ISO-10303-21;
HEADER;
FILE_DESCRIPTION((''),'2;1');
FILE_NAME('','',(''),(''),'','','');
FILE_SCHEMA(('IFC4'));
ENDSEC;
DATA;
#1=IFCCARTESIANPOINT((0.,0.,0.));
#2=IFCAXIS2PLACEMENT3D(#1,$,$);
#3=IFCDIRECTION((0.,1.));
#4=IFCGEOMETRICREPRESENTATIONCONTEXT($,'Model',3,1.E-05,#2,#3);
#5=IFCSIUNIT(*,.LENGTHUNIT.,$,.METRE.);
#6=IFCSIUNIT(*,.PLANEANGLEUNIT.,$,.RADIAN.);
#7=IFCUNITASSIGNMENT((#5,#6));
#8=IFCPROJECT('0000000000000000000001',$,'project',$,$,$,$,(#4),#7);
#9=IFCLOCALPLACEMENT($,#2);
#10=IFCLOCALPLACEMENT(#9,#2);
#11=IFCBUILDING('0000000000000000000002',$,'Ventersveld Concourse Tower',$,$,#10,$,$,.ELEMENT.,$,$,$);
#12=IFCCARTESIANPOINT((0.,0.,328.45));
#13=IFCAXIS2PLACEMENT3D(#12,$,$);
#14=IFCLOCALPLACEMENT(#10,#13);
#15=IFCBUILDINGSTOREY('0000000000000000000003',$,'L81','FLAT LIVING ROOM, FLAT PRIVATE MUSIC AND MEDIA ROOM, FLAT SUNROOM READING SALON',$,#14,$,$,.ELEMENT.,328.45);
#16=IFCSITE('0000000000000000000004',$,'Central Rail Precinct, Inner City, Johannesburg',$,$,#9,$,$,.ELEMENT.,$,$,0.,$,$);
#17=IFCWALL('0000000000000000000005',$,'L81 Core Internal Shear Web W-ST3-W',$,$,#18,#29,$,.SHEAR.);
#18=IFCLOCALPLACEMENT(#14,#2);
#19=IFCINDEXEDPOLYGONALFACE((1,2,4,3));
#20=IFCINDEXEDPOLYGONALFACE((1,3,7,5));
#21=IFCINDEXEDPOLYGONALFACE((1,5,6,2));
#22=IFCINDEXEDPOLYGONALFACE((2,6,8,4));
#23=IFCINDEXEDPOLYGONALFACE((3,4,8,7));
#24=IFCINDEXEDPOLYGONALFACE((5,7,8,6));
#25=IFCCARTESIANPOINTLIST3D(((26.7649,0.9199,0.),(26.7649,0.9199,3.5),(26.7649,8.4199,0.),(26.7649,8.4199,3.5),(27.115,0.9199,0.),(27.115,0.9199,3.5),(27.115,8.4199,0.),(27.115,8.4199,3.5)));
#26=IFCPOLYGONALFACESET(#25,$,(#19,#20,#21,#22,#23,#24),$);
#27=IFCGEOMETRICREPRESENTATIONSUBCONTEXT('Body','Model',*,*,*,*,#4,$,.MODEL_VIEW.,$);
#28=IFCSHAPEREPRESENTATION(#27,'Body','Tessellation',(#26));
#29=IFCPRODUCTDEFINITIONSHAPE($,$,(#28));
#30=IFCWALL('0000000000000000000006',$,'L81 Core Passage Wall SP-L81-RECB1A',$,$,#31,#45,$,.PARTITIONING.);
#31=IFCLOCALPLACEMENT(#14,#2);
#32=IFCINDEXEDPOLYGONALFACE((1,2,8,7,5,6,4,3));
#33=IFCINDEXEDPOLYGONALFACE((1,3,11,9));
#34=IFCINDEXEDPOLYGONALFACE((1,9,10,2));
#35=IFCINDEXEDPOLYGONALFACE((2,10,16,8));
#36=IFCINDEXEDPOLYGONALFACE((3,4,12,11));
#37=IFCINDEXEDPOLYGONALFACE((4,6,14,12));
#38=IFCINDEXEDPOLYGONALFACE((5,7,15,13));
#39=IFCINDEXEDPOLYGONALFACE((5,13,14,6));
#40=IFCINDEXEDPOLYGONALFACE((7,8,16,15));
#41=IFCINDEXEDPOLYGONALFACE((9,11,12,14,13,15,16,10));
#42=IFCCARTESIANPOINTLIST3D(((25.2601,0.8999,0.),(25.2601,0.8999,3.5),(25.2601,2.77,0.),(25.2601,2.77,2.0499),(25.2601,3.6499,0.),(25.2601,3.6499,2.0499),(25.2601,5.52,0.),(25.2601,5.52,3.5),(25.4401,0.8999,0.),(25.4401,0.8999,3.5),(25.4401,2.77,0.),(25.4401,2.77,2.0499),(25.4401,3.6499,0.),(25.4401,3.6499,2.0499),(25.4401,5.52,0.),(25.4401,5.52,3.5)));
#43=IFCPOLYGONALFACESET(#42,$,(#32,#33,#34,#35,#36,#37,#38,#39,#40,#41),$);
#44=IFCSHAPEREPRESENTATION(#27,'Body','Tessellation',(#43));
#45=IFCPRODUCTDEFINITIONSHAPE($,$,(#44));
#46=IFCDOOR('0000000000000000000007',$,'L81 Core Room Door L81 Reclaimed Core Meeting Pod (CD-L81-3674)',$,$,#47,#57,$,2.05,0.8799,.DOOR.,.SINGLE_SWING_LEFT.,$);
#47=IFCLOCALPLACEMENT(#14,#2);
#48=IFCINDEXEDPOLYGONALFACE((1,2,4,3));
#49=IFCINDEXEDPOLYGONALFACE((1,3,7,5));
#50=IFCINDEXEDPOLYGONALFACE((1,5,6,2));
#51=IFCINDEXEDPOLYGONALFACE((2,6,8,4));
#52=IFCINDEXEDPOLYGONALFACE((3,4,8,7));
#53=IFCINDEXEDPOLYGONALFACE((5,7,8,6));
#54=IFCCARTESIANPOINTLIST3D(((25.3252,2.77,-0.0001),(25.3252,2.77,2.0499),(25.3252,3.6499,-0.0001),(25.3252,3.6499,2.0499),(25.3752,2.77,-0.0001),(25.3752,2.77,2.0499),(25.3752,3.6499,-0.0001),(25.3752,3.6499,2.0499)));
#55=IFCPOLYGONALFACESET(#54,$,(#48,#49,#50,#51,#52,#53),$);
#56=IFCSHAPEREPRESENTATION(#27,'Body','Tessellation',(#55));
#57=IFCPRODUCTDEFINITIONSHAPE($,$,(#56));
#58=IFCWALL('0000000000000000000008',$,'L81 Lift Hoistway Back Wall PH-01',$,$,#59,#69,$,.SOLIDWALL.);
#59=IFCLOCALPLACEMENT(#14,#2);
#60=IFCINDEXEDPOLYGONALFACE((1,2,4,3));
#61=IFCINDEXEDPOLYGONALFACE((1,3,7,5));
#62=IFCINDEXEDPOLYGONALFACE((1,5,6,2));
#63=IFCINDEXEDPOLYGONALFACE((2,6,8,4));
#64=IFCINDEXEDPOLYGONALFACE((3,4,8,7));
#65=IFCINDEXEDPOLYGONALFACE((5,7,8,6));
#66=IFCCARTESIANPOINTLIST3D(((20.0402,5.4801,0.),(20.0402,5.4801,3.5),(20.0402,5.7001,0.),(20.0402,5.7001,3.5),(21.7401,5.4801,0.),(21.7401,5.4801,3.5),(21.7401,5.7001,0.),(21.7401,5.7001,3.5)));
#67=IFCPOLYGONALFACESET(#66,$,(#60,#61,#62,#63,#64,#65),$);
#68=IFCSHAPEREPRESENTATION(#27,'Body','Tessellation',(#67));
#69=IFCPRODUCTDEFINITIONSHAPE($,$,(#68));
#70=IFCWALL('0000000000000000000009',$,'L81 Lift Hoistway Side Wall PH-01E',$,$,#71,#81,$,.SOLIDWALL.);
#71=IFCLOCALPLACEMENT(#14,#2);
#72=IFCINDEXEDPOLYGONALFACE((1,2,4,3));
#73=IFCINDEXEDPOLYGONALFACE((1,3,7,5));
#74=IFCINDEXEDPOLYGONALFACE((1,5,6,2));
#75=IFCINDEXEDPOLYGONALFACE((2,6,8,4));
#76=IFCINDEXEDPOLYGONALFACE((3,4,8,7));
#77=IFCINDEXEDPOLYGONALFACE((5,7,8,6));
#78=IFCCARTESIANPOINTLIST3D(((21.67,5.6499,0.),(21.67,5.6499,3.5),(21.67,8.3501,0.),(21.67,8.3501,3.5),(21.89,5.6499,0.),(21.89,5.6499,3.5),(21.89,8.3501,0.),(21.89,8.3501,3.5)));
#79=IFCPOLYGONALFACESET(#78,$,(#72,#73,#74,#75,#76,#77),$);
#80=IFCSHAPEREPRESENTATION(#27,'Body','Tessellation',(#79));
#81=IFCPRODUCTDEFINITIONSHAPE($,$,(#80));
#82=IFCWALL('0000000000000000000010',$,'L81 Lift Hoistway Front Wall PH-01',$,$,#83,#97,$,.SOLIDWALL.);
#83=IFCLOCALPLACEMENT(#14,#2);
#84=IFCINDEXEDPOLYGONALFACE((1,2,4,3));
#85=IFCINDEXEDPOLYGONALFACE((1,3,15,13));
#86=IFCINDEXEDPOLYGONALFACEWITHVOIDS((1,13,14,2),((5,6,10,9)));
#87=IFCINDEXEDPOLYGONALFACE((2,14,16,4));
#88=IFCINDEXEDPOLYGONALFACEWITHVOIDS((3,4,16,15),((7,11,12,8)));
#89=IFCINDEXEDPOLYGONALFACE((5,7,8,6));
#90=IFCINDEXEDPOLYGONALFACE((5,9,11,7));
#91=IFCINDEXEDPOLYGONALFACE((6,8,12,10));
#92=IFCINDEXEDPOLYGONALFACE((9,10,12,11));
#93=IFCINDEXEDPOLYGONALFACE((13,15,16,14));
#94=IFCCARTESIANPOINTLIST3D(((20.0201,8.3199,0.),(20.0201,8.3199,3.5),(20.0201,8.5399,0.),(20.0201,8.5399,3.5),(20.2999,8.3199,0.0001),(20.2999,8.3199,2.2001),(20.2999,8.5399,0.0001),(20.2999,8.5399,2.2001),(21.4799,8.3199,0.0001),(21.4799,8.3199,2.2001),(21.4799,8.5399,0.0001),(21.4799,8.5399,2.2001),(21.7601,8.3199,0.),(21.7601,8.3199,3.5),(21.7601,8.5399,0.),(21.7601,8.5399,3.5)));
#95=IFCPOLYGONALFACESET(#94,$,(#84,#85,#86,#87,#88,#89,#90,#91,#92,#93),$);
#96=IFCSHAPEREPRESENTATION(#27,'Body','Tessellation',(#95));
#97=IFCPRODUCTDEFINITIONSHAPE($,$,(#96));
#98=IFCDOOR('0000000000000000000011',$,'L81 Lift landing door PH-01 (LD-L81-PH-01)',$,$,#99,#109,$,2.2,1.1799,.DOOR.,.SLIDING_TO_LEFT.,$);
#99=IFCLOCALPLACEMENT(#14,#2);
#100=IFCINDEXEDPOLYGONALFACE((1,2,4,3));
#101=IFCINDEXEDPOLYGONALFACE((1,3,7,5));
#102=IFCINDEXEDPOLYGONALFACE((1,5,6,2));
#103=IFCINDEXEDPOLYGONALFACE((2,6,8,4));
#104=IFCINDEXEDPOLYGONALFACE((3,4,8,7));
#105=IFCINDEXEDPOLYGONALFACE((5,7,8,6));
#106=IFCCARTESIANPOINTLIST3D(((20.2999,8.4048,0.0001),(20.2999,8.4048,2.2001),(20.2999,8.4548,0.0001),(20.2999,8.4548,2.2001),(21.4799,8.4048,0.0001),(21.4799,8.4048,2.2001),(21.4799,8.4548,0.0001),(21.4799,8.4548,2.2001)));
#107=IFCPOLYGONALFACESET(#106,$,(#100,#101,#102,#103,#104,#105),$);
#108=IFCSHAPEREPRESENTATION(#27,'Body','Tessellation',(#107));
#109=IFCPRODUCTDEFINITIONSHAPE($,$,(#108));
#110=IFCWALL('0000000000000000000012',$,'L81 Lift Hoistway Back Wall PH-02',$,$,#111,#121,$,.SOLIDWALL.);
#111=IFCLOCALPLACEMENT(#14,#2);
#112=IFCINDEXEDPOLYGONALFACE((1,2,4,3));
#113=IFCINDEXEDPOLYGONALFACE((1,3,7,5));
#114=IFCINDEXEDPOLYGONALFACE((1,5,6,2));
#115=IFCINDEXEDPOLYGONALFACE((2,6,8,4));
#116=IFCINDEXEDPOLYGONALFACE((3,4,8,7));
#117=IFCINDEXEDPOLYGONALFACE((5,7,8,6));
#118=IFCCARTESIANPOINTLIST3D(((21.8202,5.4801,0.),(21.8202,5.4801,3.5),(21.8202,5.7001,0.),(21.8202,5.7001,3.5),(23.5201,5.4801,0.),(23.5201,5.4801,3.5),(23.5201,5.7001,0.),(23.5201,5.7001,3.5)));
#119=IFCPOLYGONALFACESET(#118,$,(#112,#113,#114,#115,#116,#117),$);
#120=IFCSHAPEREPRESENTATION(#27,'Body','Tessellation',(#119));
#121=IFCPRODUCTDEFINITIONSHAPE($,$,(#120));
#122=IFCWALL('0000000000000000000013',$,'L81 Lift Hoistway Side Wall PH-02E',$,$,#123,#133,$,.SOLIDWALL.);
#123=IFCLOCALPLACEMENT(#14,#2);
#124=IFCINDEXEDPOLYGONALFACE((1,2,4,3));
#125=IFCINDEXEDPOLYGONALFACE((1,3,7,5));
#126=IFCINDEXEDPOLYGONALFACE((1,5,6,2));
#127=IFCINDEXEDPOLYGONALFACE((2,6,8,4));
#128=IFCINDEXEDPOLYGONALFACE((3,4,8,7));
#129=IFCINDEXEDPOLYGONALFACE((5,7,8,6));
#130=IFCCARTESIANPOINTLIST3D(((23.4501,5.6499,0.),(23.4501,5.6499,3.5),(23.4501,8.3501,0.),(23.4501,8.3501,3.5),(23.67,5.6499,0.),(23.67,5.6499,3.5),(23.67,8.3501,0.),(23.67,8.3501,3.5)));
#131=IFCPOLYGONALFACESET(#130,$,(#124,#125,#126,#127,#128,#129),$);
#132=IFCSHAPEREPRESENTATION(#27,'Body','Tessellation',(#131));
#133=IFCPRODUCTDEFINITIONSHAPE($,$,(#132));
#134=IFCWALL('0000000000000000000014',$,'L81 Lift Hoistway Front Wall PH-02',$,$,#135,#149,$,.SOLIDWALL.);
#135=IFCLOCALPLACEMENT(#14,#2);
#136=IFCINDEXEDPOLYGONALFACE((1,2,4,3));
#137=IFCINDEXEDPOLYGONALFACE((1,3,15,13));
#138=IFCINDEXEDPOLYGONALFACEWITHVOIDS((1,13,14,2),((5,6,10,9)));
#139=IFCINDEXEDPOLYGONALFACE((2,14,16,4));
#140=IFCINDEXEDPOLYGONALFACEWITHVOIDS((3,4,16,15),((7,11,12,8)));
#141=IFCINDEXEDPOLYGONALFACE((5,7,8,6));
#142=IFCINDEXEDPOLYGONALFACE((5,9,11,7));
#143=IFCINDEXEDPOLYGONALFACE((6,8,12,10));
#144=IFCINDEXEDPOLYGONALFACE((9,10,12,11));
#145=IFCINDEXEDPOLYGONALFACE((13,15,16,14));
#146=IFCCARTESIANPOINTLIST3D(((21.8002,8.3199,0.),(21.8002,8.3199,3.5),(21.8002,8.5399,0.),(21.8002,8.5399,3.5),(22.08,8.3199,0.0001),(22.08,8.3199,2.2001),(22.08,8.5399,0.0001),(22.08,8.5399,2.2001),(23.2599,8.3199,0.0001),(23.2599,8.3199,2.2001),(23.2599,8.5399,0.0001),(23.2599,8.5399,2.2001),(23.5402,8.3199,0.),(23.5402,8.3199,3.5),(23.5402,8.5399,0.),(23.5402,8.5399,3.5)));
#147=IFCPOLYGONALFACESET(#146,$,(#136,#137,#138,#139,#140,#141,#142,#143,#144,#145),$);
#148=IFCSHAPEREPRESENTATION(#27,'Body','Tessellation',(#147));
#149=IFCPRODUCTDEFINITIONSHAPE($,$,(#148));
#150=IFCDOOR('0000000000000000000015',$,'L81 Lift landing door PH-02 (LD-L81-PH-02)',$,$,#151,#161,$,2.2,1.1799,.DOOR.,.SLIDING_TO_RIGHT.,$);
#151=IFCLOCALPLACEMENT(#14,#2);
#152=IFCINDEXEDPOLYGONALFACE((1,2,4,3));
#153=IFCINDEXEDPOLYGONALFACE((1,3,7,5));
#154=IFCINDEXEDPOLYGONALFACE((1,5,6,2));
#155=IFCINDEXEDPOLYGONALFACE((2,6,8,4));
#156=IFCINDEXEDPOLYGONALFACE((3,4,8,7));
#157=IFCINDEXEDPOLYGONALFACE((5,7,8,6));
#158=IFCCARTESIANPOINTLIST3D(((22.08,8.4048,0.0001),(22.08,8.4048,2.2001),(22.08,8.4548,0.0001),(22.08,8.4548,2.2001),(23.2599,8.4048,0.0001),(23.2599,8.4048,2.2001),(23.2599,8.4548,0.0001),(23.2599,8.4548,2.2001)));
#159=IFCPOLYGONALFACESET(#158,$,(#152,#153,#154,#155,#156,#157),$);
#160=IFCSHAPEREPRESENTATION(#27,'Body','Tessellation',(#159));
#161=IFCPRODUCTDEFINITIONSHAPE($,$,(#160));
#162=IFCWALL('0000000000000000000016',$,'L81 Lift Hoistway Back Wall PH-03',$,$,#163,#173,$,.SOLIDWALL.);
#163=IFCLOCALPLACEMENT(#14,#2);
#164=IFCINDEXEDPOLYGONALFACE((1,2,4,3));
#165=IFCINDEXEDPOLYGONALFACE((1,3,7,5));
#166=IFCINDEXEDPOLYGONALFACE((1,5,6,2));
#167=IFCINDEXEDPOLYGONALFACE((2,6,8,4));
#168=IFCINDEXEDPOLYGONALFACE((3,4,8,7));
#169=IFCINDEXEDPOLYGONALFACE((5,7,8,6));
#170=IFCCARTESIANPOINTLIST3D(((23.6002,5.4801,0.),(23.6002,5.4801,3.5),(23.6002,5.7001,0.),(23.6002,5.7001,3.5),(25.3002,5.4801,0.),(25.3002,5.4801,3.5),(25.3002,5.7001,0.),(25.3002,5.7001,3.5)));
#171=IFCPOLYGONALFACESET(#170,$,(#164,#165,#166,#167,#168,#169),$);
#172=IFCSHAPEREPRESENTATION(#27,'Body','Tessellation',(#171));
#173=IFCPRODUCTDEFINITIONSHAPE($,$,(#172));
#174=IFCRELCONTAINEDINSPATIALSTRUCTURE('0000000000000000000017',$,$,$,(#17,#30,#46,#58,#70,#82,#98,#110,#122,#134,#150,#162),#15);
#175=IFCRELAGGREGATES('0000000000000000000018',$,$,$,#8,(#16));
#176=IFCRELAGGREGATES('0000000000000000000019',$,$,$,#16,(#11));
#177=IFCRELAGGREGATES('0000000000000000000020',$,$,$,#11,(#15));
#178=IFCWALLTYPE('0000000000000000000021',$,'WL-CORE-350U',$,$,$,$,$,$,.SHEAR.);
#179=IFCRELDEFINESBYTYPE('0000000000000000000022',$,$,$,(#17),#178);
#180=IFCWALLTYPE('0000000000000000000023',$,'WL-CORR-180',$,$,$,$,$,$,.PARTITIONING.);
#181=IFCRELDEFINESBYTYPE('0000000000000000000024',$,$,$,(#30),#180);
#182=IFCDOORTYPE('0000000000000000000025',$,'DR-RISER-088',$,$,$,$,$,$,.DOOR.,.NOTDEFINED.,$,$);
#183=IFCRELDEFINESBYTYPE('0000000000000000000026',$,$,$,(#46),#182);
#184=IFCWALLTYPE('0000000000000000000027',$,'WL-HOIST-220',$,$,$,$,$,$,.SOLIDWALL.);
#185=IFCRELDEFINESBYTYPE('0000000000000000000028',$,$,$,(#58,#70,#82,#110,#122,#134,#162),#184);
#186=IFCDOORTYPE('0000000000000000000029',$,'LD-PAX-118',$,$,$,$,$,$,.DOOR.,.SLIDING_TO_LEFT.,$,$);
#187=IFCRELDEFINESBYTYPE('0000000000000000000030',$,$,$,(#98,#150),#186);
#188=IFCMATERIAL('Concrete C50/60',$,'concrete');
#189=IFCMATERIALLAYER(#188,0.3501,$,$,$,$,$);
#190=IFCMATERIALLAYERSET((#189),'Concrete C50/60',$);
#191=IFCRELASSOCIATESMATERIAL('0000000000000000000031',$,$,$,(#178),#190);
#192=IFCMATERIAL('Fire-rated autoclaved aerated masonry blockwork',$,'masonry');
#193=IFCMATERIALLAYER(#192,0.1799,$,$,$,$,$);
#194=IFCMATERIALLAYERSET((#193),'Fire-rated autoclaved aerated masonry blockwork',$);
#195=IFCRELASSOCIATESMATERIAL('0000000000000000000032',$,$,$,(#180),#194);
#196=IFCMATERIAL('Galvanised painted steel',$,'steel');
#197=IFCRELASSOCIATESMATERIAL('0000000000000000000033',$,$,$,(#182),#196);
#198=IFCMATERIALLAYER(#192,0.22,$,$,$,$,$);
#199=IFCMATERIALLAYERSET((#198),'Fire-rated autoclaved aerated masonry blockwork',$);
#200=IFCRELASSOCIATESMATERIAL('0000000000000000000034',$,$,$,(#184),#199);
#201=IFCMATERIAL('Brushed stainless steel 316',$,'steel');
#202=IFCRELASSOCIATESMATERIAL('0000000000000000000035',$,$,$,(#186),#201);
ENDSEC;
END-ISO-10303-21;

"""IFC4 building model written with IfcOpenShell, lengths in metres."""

from ifc_helpers import new_model, si_unit, direction, frame, frame_2d, origin, place, context, subcontext, project, spatial, rectangle, extrude, material, layer, layer_set, type_object, element, fill, save


model = new_model("IFC4")

# Units and contexts
model_context = context("Model", 3, precision=1e-05, world=origin(), true_north=direction((0.0, 1.0)))
body_context = subcontext(model_context, "Body", "Model", "MODEL_VIEW")
ifc_project = project(units=[si_unit("LENGTHUNIT", "METRE"), si_unit("PLANEANGLEUNIT", "RADIAN")], contexts=[model_context])

# Site, building, storey
site_placement = place(None, origin())
site = spatial("IfcSite", under=ifc_project, at=site_placement, Name="Central Rail Precinct, Inner City, Johannesburg", CompositionType="ELEMENT", RefElevation=0.0)
building_placement = place(site_placement, origin())
building = spatial("IfcBuilding", under=site, at=building_placement, Name="Ventersveld Concourse Tower", CompositionType="ELEMENT")
storey_placement = place(building_placement, frame((0.0, 0.0, 328.45)))
storey = spatial("IfcBuildingStorey", under=building, at=storey_placement, Name="L81", Description="FLAT LIVING ROOM, FLAT PRIVATE MUSIC AND MEDIA ROOM, FLAT SUNROOM READING SALON", CompositionType="ELEMENT", Elevation=328.45)

# Wall
ifc_material_1 = material(Name="Concrete C50/60", Category="concrete")
ifc_layer_1 = layer(ifc_material_1, 0.3501)
ifc_layer_set_1 = layer_set([ifc_layer_1], Name="Concrete C50/60")
wall_type_1 = type_object("IfcWallType", Name="WL-CORE-350U", PredefinedType="SHEAR", material=ifc_layer_set_1)
wall_1_placement = place(storey_placement, frame((26.9399, 0.9199, 0.0), z_axis=(0.0, 0.0, 1.0), x_axis=(0.0, 1.0, 0.0)))
element("IfcWall", 1, at=wall_1_placement, inside=storey, type_object=wall_type_1, Name="L81 Core Internal Shear Web W-ST3-W", PredefinedType="SHEAR", context=body_context, shape_type="SweptSolid", body=[
    extrude(rectangle(XDim=7.5, YDim=0.3501, at=frame_2d((3.75, 0.0))), origin(), (0.0, 0.0, 1.0), 3.5),
])

# Wall, opening, door
ifc_material_2 = material(Name="Fire-rated autoclaved aerated masonry blockwork", Category="masonry")
ifc_layer_2 = layer(ifc_material_2, 0.1799)
ifc_layer_set_2 = layer_set([ifc_layer_2], Name="Fire-rated autoclaved aerated masonry blockwork")
wall_type_2 = type_object("IfcWallType", Name="WL-CORR-180", PredefinedType="PARTITIONING", material=ifc_layer_set_2)
wall_2_placement = place(storey_placement, frame((25.3501, 0.8999, 0.0), z_axis=(0.0, 0.0, 1.0), x_axis=(0.0, 1.0, 0.0)))
wall_2 = element("IfcWall", 2, at=wall_2_placement, inside=storey, type_object=wall_type_2, Name="L81 Core Passage Wall SP-L81-RECB1A", PredefinedType="PARTITIONING", context=body_context, shape_type="SweptSolid", body=[
    extrude(rectangle(XDim=4.6201, YDim=0.1799, at=frame_2d((2.3101, 0.0))), origin(), (0.0, 0.0, 1.0), 3.5),
])
opening_1_placement = place(wall_2_placement, frame((1.8701, 0.0, 0.0)))
opening_1 = element("IfcOpeningElement", 3, at=opening_1_placement, cuts=wall_2, PredefinedType="OPENING", context=body_context, shape_type="SweptSolid", body=[
    extrude(rectangle(XDim=0.8799, YDim=2.05, at=frame_2d((0.4399, 1.0249))), frame((0.0, 0.1001, 0.0), z_axis=(0.0, -1.0, 0.0), x_axis=(1.0, 0.0, 0.0)), (0.0, 0.0, 1.0), 0.2),
])
ifc_material_3 = material(Name="Galvanised painted steel", Category="steel")
door_type_1 = type_object("IfcDoorType", Name="DR-RISER-088", OperationType="NOTDEFINED", PredefinedType="DOOR", material=ifc_material_3)
door_1_placement = place(opening_1_placement, origin())
door_1 = element("IfcDoor", 4, at=door_1_placement, inside=storey, type_object=door_type_1, Name="L81 Core Room Door L81 Reclaimed Core Meeting Pod (CD-L81-3674)", OperationType="SINGLE_SWING_LEFT", OverallHeight=2.05, OverallWidth=0.8799, PredefinedType="DOOR", context=body_context, shape_type="SweptSolid", body=[
    extrude(rectangle(XDim=0.8799, YDim=2.05, at=frame_2d((0.4399, 1.0249))), frame((0.0, 0.0249, 0.0), z_axis=(0.0, -1.0, 0.0), x_axis=(1.0, 0.0, 0.0)), (0.0, 0.0, 1.0), 0.05),
])
fill(opening_1, door_1)

# Walls
ifc_layer_3 = layer(ifc_material_2, 0.22)
ifc_layer_set_3 = layer_set([ifc_layer_3], Name="Fire-rated autoclaved aerated masonry blockwork")
wall_type_3 = type_object("IfcWallType", Name="WL-HOIST-220", PredefinedType="SOLIDWALL", material=ifc_layer_set_3)
wall_3_placement = place(storey_placement, frame((20.04, 5.5901, 0.0), z_axis=(0.0, 0.0, 1.0), x_axis=(1.0, 0.0, 0.0)))
element("IfcWall", 5, at=wall_3_placement, inside=storey, type_object=wall_type_3, Name="L81 Lift Hoistway Back Wall PH-01", PredefinedType="SOLIDWALL", context=body_context, shape_type="SweptSolid", body=[
    extrude(rectangle(XDim=1.7, YDim=0.22, at=frame_2d((0.8501, 0.0))), origin(), (0.0, 0.0, 1.0), 3.5),
])
wall_4_placement = place(storey_placement, frame((21.78, 5.6499, 0.0), z_axis=(0.0, 0.0, 1.0), x_axis=(0.0, 1.0, 0.0)))
element("IfcWall", 6, at=wall_4_placement, inside=storey, type_object=wall_type_3, Name="L81 Lift Hoistway Side Wall PH-01E", PredefinedType="SOLIDWALL", context=body_context, shape_type="SweptSolid", body=[
    extrude(rectangle(XDim=2.7002, YDim=0.22, at=frame_2d((1.3501, 0.0))), origin(), (0.0, 0.0, 1.0), 3.5),
])

# Wall, opening, door
wall_5_placement = place(storey_placement, frame((20.02, 8.4299, 0.0), z_axis=(0.0, 0.0, 1.0), x_axis=(1.0, 0.0, 0.0)))
wall_5 = element("IfcWall", 7, at=wall_5_placement, inside=storey, type_object=wall_type_3, Name="L81 Lift Hoistway Front Wall PH-01", PredefinedType="SOLIDWALL", context=body_context, shape_type="SweptSolid", body=[
    extrude(rectangle(XDim=1.74, YDim=0.22, at=frame_2d((0.8701, 0.0))), origin(), (0.0, 0.0, 1.0), 3.5),
])
opening_2_placement = place(wall_5_placement, frame((0.28, 0.0, 0.0)))
opening_2 = element("IfcOpeningElement", 8, at=opening_2_placement, cuts=wall_5, PredefinedType="OPENING", context=body_context, shape_type="SweptSolid", body=[
    extrude(rectangle(XDim=1.1799, YDim=2.2, at=frame_2d((0.5898, 1.1001))), frame((0.0, 0.1201, 0.0), z_axis=(0.0, -1.0, 0.0), x_axis=(1.0, 0.0, 0.0)), (0.0, 0.0, 1.0), 0.24),
])
ifc_material_4 = material(Name="Brushed stainless steel 316", Category="steel")
door_type_2 = type_object("IfcDoorType", Name="LD-PAX-118", OperationType="SLIDING_TO_LEFT", PredefinedType="DOOR", material=ifc_material_4)
door_2_placement = place(opening_2_placement, origin())
door_2 = element("IfcDoor", 9, at=door_2_placement, inside=storey, type_object=door_type_2, Name="L81 Lift landing door PH-01 (LD-L81-PH-01)", OperationType="SLIDING_TO_LEFT", OverallHeight=2.2, OverallWidth=1.1799, PredefinedType="DOOR", context=body_context, shape_type="SweptSolid", body=[
    extrude(rectangle(XDim=1.1799, YDim=2.2, at=frame_2d((0.5898, 1.1001))), frame((0.0, 0.0249, 0.0), z_axis=(0.0, -1.0, 0.0), x_axis=(1.0, 0.0, 0.0)), (0.0, 0.0, 1.0), 0.05),
])
fill(opening_2, door_2)

# Walls
wall_6_placement = place(storey_placement, frame((21.8201, 5.5901, 0.0), z_axis=(0.0, 0.0, 1.0), x_axis=(1.0, 0.0, 0.0)))
element("IfcWall", 10, at=wall_6_placement, inside=storey, type_object=wall_type_3, Name="L81 Lift Hoistway Back Wall PH-02", PredefinedType="SOLIDWALL", context=body_context, shape_type="SweptSolid", body=[
    extrude(rectangle(XDim=1.7, YDim=0.22, at=frame_2d((0.8501, 0.0))), origin(), (0.0, 0.0, 1.0), 3.5),
])
wall_7_placement = place(storey_placement, frame((23.5601, 5.6499, 0.0), z_axis=(0.0, 0.0, 1.0), x_axis=(0.0, 1.0, 0.0)))
element("IfcWall", 11, at=wall_7_placement, inside=storey, type_object=wall_type_3, Name="L81 Lift Hoistway Side Wall PH-02E", PredefinedType="SOLIDWALL", context=body_context, shape_type="SweptSolid", body=[
    extrude(rectangle(XDim=2.7002, YDim=0.22, at=frame_2d((1.3501, 0.0))), origin(), (0.0, 0.0, 1.0), 3.5),
])

# Wall, opening, door
wall_8_placement = place(storey_placement, frame((21.8, 8.4299, 0.0), z_axis=(0.0, 0.0, 1.0), x_axis=(1.0, 0.0, 0.0)))
wall_8 = element("IfcWall", 12, at=wall_8_placement, inside=storey, type_object=wall_type_3, Name="L81 Lift Hoistway Front Wall PH-02", PredefinedType="SOLIDWALL", context=body_context, shape_type="SweptSolid", body=[
    extrude(rectangle(XDim=1.74, YDim=0.22, at=frame_2d((0.8701, 0.0))), origin(), (0.0, 0.0, 1.0), 3.5),
])
opening_3_placement = place(wall_8_placement, frame((0.28, 0.0, 0.0)))
opening_3 = element("IfcOpeningElement", 13, at=opening_3_placement, cuts=wall_8, PredefinedType="OPENING", context=body_context, shape_type="SweptSolid", body=[
    extrude(rectangle(XDim=1.1799, YDim=2.2, at=frame_2d((0.5898, 1.1001))), frame((0.0, 0.1201, 0.0), z_axis=(0.0, -1.0, 0.0), x_axis=(1.0, 0.0, 0.0)), (0.0, 0.0, 1.0), 0.24),
])
door_3_placement = place(opening_3_placement, origin())
door_3 = element("IfcDoor", 14, at=door_3_placement, inside=storey, type_object=door_type_2, Name="L81 Lift landing door PH-02 (LD-L81-PH-02)", OperationType="SLIDING_TO_RIGHT", OverallHeight=2.2, OverallWidth=1.1799, PredefinedType="DOOR", context=body_context, shape_type="SweptSolid", body=[
    extrude(rectangle(XDim=1.1799, YDim=2.2, at=frame_2d((0.5898, 1.1001))), frame((0.0, 0.0249, 0.0), z_axis=(0.0, -1.0, 0.0), x_axis=(1.0, 0.0, 0.0)), (0.0, 0.0, 1.0), 0.05),
])
fill(opening_3, door_3)

# Wall
wall_9_placement = place(storey_placement, frame((23.6001, 5.5901, 0.0), z_axis=(0.0, 0.0, 1.0), x_axis=(1.0, 0.0, 0.0)))
element("IfcWall", 15, at=wall_9_placement, inside=storey, type_object=wall_type_3, Name="L81 Lift Hoistway Back Wall PH-03", PredefinedType="SOLIDWALL", context=body_context, shape_type="SweptSolid", body=[
    extrude(rectangle(XDim=1.7, YDim=0.22, at=frame_2d((0.8501, 0.0))), origin(), (0.0, 0.0, 1.0), 3.5),
])

save(model, "model.ifc")
